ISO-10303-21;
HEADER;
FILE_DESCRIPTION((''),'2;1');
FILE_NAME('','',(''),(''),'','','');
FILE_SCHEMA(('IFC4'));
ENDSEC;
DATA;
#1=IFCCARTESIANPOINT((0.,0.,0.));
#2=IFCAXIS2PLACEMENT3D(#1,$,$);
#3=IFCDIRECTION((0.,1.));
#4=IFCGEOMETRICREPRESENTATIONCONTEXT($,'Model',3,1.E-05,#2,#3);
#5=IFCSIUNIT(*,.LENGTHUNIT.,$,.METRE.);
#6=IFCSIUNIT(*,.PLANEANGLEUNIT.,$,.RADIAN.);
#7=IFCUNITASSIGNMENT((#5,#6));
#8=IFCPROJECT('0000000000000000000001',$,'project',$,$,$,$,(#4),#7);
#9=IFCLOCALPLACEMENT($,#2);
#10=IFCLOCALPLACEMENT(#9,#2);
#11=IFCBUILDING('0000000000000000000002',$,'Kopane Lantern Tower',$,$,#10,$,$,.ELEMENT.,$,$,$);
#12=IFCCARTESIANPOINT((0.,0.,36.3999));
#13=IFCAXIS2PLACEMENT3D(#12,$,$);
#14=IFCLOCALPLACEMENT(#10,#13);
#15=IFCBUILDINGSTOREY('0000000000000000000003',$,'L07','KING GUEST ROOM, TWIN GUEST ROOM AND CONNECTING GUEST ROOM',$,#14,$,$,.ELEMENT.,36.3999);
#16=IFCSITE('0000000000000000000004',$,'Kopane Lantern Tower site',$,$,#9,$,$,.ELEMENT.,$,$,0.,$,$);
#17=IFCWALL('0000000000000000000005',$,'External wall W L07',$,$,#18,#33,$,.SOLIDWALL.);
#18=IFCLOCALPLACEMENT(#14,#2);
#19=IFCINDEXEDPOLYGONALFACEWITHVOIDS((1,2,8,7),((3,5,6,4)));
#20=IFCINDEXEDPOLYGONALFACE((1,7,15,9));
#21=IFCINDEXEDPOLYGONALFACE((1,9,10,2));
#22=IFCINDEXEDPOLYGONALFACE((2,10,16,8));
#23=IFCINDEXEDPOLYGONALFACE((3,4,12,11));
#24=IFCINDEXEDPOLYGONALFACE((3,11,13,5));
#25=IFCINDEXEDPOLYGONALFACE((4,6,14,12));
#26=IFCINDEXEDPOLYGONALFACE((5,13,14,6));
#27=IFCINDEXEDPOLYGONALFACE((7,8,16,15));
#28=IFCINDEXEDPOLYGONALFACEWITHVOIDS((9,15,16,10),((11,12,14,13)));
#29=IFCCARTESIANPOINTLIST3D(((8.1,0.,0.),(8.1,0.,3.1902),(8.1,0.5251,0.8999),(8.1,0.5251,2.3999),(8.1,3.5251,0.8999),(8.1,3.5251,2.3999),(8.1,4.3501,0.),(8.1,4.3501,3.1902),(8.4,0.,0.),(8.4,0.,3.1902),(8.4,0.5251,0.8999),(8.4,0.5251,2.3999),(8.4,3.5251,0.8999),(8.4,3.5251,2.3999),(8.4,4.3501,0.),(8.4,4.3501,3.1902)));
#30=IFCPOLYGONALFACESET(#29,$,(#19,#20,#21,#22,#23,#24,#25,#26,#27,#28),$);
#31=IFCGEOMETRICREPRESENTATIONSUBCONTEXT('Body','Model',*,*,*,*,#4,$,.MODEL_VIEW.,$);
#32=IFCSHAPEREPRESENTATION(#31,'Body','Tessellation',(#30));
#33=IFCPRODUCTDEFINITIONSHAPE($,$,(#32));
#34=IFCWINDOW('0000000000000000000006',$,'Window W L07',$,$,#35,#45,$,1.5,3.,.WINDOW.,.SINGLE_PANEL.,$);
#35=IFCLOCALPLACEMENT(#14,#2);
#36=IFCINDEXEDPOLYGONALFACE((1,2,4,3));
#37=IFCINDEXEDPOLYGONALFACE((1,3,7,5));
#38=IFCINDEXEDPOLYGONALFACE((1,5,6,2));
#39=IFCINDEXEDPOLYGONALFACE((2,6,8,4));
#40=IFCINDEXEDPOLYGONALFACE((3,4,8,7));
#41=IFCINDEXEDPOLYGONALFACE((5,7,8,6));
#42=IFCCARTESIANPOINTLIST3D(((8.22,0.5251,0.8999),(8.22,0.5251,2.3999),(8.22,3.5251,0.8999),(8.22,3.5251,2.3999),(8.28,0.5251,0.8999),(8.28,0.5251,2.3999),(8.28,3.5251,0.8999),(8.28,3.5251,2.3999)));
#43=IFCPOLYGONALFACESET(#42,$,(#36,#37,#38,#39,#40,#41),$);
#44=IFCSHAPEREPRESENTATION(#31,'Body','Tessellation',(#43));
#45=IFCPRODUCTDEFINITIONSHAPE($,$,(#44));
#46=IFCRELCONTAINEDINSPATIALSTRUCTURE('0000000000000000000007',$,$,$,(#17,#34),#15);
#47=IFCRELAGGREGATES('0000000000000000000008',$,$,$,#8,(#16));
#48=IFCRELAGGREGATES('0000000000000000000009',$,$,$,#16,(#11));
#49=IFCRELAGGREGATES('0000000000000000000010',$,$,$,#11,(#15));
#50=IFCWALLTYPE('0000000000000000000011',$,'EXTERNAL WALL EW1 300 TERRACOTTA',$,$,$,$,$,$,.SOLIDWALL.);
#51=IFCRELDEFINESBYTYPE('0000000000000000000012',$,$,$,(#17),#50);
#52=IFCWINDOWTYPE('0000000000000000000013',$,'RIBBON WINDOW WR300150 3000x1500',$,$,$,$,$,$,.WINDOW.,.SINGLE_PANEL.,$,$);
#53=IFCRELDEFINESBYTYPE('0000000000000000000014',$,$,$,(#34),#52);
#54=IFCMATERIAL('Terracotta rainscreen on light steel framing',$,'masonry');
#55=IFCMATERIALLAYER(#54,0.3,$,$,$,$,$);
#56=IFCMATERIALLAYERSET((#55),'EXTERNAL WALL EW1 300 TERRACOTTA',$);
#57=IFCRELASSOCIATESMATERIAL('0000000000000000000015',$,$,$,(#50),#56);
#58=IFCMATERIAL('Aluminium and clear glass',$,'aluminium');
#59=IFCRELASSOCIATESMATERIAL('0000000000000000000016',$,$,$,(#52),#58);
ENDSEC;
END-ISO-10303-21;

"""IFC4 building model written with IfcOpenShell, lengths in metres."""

from ifc_helpers import new_model, si_unit, direction, frame, frame_2d, origin, place, context, subcontext, project, spatial, rectangle, extrude, material, layer, layer_set, type_object, element, fill, save


model = new_model("IFC4")

# Units and contexts
model_context = context("Model", 3, precision=1e-05, world=origin(), true_north=direction((0.0, 1.0)))
body_context = subcontext(model_context, "Body", "Model", "MODEL_VIEW")
ifc_project = project(units=[si_unit("LENGTHUNIT", "METRE"), si_unit("PLANEANGLEUNIT", "RADIAN")], contexts=[model_context])

# Site, building, storey
site_placement = place(None, origin())
site = spatial("IfcSite", under=ifc_project, at=site_placement, Name="Kopane Lantern Tower site", CompositionType="ELEMENT", RefElevation=0.0)
building_placement = place(site_placement, origin())
building = spatial("IfcBuilding", under=site, at=building_placement, Name="Kopane Lantern Tower", CompositionType="ELEMENT")
storey_placement = place(building_placement, frame((0.0, 0.0, 36.3999)))
storey = spatial("IfcBuildingStorey", under=building, at=storey_placement, Name="L07", Description="KING GUEST ROOM, TWIN GUEST ROOM AND CONNECTING GUEST ROOM", CompositionType="ELEMENT", Elevation=36.3999)

# Shared definitions
ifc_material_1 = material(Name="Terracotta rainscreen on light steel framing", Category="masonry")
ifc_layer_1 = layer(ifc_material_1, 0.3)
ifc_layer_set_1 = layer_set([ifc_layer_1], Name="EXTERNAL WALL EW1 300 TERRACOTTA")
wall_type_1 = type_object("IfcWallType", Name="EXTERNAL WALL EW1 300 TERRACOTTA", PredefinedType="SOLIDWALL", material=ifc_layer_set_1)

# Wall, opening, window
ifc_material_2 = material(Name="Aluminium and clear glass", Category="aluminium")
window_type_1 = type_object("IfcWindowType", Name="RIBBON WINDOW WR300150 3000x1500", PartitioningType="SINGLE_PANEL", PredefinedType="WINDOW", material=ifc_material_2)
wall_1_placement = place(storey_placement, frame((8.25, 4.3501, 0.0), z_axis=(0.0, 0.0, 1.0), x_axis=(0.0, -1.0, 0.0)))
wall_1 = element("IfcWall", 1, at=wall_1_placement, inside=storey, type_object=wall_type_1, Name="External wall W L07", PredefinedType="SOLIDWALL", context=body_context, shape_type="SweptSolid", body=[
    extrude(rectangle(XDim=4.3501, YDim=0.3, at=frame_2d((2.175, 0.0))), origin(), (0.0, 0.0, 1.0), 3.1902),
])
opening_1_placement = place(wall_1_placement, frame((0.825, 0.0, 0.8999)))
opening_1 = element("IfcOpeningElement", 2, at=opening_1_placement, cuts=wall_1, PredefinedType="OPENING", context=body_context, shape_type="SweptSolid", body=[
    extrude(rectangle(XDim=3.0, YDim=1.5, at=frame_2d((1.5, 0.75))), frame((0.0, 0.1599, 0.0), z_axis=(0.0, -1.0, 0.0), x_axis=(1.0, 0.0, 0.0)), (0.0, 0.0, 1.0), 0.3201),
])
window_1_placement = place(opening_1_placement, origin())
window_1 = element("IfcWindow", 3, at=window_1_placement, inside=storey, type_object=window_type_1, Name="Window W L07", OverallHeight=1.5, OverallWidth=3.0, PartitioningType="SINGLE_PANEL", PredefinedType="WINDOW", context=body_context, shape_type="SweptSolid", body=[
    extrude(rectangle(XDim=3.0, YDim=1.5, at=frame_2d((1.5, 0.75))), frame((0.0, 0.03, 0.0), z_axis=(0.0, -1.0, 0.0), x_axis=(1.0, 0.0, 0.0)), (0.0, 0.0, 1.0), 0.0601),
])
fill(opening_1, window_1)

save(model, "model.ifc")
